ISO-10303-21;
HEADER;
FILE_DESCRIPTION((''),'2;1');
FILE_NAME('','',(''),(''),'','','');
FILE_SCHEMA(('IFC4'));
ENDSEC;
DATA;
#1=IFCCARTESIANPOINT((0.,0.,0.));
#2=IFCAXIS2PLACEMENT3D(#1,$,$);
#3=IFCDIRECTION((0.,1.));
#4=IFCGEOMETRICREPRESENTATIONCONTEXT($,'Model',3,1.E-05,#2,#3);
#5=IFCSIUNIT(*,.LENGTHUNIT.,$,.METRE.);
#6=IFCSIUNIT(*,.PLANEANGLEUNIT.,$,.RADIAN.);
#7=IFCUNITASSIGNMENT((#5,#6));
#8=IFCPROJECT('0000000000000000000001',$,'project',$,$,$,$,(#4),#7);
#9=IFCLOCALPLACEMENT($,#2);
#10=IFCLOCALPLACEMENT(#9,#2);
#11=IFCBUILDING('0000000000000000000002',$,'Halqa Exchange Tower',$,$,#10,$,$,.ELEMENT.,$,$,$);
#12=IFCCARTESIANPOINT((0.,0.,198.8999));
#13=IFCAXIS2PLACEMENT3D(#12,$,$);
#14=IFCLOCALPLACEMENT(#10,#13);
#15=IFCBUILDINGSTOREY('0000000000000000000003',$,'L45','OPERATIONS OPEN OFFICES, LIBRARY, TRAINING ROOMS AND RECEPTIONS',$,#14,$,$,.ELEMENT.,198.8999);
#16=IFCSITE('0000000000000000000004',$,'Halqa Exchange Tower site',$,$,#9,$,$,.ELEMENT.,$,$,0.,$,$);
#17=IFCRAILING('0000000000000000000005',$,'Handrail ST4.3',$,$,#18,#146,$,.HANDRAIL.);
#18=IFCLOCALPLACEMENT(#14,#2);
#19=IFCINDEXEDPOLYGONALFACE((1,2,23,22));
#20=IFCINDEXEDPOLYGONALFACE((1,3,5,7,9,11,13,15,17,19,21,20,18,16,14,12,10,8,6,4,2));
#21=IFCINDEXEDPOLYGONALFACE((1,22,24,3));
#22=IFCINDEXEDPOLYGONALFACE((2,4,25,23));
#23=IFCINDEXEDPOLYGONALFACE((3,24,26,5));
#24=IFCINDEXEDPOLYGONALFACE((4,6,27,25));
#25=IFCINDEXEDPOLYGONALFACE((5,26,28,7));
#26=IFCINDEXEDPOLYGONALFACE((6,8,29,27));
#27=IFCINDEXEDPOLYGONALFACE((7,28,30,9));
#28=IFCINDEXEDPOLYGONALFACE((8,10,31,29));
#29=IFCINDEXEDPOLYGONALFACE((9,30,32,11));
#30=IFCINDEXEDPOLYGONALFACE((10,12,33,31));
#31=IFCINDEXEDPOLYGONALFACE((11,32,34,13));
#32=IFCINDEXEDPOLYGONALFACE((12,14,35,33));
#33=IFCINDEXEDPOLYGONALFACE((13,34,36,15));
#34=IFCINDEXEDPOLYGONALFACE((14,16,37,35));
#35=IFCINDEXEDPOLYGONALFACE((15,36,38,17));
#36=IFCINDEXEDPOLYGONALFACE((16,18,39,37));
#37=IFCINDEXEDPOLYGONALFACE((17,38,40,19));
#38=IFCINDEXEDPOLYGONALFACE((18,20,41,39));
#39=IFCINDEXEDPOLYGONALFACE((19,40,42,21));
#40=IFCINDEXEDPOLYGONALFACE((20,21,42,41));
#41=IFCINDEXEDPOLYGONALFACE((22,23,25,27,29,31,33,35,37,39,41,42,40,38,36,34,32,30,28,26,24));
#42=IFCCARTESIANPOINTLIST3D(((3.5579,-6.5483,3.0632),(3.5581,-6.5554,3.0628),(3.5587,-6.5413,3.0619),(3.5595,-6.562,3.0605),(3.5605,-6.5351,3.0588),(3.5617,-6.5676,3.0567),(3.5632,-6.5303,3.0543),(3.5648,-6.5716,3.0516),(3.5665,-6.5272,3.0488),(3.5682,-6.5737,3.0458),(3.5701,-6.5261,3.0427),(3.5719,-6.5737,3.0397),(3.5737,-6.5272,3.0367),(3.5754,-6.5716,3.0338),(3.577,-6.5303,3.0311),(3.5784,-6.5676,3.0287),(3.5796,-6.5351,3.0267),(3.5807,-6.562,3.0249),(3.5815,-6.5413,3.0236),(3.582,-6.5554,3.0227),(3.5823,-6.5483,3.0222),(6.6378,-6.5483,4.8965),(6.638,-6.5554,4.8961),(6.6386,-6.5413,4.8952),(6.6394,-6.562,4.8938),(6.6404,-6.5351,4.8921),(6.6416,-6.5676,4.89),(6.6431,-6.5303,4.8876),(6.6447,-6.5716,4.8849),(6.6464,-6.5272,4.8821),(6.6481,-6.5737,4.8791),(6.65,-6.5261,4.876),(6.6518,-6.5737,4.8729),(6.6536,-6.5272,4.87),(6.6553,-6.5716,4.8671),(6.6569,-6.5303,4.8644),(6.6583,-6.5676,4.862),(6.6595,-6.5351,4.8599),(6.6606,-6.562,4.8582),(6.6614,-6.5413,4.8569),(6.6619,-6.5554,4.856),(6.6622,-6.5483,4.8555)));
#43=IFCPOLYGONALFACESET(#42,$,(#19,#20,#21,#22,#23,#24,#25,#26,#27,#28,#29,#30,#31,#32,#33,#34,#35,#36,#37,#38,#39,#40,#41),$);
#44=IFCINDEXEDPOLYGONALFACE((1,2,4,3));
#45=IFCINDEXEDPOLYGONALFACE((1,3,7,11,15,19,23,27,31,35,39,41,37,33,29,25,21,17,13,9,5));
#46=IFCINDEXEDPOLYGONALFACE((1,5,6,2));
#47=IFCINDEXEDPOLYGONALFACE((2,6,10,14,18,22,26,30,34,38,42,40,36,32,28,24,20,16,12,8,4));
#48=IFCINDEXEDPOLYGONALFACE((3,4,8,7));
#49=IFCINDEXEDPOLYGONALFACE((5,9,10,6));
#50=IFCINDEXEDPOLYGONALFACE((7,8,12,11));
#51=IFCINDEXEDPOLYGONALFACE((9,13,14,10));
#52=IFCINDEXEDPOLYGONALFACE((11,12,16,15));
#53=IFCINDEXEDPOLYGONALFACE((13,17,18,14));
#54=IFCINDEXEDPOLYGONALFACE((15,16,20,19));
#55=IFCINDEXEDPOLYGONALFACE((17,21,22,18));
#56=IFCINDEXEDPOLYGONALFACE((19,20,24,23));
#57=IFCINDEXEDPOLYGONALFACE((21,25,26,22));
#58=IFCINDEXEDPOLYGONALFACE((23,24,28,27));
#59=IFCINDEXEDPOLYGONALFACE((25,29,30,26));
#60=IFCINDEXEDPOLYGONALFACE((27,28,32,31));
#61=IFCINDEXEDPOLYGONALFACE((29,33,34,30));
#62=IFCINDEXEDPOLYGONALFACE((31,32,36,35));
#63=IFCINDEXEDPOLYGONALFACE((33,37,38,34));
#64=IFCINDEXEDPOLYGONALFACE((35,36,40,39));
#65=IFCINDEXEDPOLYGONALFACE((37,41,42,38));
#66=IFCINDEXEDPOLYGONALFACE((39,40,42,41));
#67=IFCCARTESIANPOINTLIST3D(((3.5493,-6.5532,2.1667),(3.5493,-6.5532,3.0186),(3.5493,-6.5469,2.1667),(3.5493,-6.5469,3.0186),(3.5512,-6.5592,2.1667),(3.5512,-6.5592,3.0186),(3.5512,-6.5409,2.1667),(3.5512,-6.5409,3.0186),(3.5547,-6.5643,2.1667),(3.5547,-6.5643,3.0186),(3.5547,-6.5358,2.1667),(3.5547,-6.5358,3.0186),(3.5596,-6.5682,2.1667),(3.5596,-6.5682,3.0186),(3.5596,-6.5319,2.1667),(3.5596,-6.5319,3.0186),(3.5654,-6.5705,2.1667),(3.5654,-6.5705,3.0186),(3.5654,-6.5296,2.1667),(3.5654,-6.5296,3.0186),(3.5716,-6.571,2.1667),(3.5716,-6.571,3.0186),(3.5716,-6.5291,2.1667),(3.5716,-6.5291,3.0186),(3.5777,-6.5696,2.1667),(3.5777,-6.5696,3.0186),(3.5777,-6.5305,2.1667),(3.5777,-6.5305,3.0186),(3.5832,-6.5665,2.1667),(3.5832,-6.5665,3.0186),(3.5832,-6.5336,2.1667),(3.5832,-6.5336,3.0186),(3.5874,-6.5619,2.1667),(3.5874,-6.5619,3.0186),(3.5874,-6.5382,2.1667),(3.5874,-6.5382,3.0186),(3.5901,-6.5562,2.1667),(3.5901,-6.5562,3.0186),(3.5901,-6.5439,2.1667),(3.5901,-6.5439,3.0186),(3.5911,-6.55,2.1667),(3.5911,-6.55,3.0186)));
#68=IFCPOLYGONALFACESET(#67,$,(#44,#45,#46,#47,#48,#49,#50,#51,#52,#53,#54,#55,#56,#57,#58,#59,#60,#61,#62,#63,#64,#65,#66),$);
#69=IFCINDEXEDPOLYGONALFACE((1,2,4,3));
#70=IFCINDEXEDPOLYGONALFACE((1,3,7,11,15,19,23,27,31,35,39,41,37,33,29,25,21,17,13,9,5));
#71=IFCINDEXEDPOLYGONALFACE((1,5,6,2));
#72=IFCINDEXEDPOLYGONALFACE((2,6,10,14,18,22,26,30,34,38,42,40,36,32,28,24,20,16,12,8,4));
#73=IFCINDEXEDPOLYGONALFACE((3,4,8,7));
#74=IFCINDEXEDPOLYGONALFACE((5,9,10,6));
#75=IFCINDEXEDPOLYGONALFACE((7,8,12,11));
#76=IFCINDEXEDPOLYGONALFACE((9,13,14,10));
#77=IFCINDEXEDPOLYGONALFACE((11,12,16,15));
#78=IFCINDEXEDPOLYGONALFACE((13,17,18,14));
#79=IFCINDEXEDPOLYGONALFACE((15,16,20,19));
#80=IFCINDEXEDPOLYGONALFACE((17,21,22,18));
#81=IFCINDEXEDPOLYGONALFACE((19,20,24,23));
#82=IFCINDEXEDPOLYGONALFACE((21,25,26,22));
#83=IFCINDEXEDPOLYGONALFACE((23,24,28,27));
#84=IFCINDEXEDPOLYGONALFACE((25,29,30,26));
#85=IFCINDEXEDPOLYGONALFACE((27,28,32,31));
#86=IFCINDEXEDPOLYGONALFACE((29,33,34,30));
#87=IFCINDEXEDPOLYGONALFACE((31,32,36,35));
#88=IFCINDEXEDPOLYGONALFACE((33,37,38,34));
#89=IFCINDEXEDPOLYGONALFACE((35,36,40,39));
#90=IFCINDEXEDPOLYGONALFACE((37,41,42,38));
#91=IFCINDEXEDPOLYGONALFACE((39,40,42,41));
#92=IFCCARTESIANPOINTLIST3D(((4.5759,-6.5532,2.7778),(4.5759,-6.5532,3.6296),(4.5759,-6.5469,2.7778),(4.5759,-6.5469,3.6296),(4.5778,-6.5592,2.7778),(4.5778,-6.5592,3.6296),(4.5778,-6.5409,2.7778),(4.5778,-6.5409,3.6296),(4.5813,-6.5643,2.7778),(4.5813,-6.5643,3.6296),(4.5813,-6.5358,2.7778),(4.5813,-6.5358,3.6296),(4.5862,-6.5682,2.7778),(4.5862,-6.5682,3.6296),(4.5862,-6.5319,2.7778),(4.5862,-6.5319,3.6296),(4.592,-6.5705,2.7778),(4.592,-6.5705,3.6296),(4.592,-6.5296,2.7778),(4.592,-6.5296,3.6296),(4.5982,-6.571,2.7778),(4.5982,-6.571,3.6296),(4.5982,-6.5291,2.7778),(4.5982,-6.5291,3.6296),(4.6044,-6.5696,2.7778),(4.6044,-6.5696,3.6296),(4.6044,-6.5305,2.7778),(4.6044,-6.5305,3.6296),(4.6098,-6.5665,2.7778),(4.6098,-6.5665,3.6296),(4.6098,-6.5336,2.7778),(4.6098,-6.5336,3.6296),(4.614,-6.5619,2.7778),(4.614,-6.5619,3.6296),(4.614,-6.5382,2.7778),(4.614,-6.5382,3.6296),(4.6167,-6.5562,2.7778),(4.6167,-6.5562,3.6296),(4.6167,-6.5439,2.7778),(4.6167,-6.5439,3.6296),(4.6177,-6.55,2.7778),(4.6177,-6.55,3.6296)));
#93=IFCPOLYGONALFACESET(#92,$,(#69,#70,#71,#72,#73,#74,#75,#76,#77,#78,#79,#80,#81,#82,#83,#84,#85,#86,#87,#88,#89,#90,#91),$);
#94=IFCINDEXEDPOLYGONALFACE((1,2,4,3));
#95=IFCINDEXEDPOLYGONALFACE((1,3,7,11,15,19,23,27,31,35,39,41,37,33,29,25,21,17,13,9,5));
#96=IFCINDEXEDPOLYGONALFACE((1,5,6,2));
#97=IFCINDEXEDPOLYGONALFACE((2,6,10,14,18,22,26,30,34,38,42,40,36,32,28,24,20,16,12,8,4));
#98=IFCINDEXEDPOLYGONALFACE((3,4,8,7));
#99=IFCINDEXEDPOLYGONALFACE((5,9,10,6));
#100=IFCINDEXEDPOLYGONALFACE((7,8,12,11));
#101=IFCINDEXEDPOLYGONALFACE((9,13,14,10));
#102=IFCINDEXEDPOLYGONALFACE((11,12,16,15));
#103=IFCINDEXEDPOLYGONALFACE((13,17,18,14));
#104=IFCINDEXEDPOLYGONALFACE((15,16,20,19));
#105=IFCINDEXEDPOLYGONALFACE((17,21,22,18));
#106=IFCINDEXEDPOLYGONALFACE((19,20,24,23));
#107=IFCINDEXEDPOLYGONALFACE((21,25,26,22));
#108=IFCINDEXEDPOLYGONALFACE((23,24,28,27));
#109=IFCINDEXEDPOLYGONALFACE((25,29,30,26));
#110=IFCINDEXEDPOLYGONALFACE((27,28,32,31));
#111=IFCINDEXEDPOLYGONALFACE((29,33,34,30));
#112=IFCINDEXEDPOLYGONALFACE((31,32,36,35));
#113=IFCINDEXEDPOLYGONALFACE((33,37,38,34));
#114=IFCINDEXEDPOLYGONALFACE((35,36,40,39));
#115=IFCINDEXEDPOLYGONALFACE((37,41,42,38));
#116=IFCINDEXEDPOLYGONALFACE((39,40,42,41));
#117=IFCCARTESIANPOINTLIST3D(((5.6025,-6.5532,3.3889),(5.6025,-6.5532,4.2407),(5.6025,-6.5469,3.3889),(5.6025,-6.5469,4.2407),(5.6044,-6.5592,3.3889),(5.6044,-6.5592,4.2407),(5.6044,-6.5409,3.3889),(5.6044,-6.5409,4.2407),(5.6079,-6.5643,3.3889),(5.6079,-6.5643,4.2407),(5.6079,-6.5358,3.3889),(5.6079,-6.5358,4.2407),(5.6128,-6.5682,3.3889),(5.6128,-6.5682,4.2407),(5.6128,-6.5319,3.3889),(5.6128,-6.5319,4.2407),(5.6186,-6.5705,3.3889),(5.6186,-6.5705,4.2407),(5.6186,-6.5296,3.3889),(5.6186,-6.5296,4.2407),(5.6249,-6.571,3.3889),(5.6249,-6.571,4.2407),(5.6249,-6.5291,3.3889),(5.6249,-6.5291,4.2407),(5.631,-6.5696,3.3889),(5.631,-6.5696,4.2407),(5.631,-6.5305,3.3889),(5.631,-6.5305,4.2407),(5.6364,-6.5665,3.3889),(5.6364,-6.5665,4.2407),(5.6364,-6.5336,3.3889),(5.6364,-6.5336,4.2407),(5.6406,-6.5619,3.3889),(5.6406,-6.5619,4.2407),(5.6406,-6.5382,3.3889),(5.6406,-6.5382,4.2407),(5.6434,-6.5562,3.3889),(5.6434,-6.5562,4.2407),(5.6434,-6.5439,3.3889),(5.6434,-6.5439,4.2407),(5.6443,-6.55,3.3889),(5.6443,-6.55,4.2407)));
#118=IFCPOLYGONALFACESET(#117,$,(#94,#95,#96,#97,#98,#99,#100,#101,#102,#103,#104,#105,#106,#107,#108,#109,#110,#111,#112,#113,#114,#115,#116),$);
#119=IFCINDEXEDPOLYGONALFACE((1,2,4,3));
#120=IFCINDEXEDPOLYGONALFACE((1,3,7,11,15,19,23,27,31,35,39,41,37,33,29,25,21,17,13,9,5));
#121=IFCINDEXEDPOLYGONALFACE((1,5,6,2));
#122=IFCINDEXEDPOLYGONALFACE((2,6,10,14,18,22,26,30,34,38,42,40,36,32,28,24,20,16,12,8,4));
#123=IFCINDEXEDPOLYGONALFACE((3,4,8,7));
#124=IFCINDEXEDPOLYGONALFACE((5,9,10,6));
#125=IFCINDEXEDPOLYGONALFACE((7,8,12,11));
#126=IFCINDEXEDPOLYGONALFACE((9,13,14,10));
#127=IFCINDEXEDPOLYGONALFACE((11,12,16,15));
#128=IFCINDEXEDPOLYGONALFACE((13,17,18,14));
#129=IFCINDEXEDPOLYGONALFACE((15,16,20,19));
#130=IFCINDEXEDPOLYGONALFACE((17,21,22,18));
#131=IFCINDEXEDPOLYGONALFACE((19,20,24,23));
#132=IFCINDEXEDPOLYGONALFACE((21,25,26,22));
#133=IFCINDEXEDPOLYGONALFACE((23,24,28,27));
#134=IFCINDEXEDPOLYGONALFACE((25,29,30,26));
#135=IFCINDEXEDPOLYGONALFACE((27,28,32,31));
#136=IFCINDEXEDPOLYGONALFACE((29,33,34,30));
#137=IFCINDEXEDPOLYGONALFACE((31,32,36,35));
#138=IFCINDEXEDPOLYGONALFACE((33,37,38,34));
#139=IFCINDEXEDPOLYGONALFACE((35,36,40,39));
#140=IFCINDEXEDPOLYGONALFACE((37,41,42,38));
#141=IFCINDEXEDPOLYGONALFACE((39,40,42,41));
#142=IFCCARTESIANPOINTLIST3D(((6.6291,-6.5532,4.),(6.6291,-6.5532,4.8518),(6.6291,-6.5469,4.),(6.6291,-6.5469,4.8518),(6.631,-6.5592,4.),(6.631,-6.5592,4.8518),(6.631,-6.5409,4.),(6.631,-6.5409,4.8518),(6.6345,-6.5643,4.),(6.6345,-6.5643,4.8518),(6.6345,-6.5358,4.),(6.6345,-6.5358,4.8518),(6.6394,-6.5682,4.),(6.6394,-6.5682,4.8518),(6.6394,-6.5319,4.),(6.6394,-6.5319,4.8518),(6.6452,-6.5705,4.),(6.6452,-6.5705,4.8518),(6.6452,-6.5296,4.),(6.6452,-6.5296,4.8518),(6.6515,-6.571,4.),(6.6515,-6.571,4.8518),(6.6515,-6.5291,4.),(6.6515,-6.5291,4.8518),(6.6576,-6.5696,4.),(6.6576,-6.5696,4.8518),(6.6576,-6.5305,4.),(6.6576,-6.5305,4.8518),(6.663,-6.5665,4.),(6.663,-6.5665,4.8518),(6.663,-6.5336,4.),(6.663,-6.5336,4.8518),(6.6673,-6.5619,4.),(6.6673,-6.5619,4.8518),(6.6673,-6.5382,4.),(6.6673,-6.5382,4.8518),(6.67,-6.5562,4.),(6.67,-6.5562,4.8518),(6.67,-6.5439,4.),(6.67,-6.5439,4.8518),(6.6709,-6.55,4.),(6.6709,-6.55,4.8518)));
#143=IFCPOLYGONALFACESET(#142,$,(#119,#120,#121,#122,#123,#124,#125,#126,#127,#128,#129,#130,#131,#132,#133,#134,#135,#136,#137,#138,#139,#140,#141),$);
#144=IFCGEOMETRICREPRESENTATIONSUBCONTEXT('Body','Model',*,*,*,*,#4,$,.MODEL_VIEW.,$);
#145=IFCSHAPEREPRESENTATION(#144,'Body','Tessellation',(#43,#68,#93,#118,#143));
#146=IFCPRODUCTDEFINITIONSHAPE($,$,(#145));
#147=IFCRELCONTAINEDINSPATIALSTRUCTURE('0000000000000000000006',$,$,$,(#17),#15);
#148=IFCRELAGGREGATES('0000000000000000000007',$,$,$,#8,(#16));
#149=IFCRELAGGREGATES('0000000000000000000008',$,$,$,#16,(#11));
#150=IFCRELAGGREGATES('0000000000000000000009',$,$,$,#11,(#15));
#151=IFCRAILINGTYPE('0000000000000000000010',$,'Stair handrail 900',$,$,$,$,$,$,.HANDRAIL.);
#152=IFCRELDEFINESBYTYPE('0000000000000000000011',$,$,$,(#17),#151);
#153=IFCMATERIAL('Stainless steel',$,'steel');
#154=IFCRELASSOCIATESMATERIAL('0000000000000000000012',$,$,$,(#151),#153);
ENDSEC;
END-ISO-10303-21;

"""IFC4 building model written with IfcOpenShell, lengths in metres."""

from ifc_helpers import new_model, si_unit, direction, frame, origin, origin_2d, place, context, subcontext, project, spatial, circle, extrude, material, type_object, element, save


model = new_model("IFC4")

# Units and contexts
model_context = context("Model", 3, precision=1e-05, world=origin(), true_north=direction((0.0, 1.0)))
body_context = subcontext(model_context, "Body", "Model", "MODEL_VIEW")
ifc_project = project(units=[si_unit("LENGTHUNIT", "METRE"), si_unit("PLANEANGLEUNIT", "RADIAN")], contexts=[model_context])

# Site, building, storey
site_placement = place(None, origin())
site = spatial("IfcSite", under=ifc_project, at=site_placement, Name="Halqa Exchange Tower site", CompositionType="ELEMENT", RefElevation=0.0)
building_placement = place(site_placement, origin())
building = spatial("IfcBuilding", under=site, at=building_placement, Name="Halqa Exchange Tower", CompositionType="ELEMENT")
storey_placement = place(building_placement, frame((0.0, 0.0, 198.8999)))
storey = spatial("IfcBuildingStorey", under=building, at=storey_placement, Name="L45", Description="OPERATIONS OPEN OFFICES, LIBRARY, TRAINING ROOMS AND RECEPTIONS", CompositionType="ELEMENT", Elevation=198.8999)

# Railing
ifc_material_1 = material(Name="Stainless steel", Category="steel")
railing_type_1 = type_object("IfcRailingType", Name="Stair handrail 900", PredefinedType="HANDRAIL", material=ifc_material_1)
railing_1_placement = place(storey_placement, frame((3.5701, -6.55, 2.1667)))
element("IfcRailing", 1, at=railing_1_placement, inside=storey, type_object=railing_type_1, Name="Handrail ST4.3", PredefinedType="HANDRAIL", context=body_context, shape_type="SweptSolid", body=[
    extrude(circle(Radius=0.0239, at=origin_2d()), frame((0.0, 0.0, 0.876), z_axis=(0.859291, 0.0, 0.511487), x_axis=(0.0, 1.0, 0.0)), (0.0, 0.0, 1.0), 3.5842),
    extrude(circle(Radius=0.021, at=origin_2d()), origin(), (0.0, 0.0, 1.0), 0.8518),
    extrude(circle(Radius=0.021, at=origin_2d()), frame((1.0266, 0.0, 0.6111)), (0.0, 0.0, 1.0), 0.8518),
    extrude(circle(Radius=0.021, at=origin_2d()), frame((2.0532, 0.0, 1.2222)), (0.0, 0.0, 1.0), 0.8518),
    extrude(circle(Radius=0.021, at=origin_2d()), frame((3.0798, 0.0, 1.8333)), (0.0, 0.0, 1.0), 0.8518),
])

save(model, "model.ifc")
